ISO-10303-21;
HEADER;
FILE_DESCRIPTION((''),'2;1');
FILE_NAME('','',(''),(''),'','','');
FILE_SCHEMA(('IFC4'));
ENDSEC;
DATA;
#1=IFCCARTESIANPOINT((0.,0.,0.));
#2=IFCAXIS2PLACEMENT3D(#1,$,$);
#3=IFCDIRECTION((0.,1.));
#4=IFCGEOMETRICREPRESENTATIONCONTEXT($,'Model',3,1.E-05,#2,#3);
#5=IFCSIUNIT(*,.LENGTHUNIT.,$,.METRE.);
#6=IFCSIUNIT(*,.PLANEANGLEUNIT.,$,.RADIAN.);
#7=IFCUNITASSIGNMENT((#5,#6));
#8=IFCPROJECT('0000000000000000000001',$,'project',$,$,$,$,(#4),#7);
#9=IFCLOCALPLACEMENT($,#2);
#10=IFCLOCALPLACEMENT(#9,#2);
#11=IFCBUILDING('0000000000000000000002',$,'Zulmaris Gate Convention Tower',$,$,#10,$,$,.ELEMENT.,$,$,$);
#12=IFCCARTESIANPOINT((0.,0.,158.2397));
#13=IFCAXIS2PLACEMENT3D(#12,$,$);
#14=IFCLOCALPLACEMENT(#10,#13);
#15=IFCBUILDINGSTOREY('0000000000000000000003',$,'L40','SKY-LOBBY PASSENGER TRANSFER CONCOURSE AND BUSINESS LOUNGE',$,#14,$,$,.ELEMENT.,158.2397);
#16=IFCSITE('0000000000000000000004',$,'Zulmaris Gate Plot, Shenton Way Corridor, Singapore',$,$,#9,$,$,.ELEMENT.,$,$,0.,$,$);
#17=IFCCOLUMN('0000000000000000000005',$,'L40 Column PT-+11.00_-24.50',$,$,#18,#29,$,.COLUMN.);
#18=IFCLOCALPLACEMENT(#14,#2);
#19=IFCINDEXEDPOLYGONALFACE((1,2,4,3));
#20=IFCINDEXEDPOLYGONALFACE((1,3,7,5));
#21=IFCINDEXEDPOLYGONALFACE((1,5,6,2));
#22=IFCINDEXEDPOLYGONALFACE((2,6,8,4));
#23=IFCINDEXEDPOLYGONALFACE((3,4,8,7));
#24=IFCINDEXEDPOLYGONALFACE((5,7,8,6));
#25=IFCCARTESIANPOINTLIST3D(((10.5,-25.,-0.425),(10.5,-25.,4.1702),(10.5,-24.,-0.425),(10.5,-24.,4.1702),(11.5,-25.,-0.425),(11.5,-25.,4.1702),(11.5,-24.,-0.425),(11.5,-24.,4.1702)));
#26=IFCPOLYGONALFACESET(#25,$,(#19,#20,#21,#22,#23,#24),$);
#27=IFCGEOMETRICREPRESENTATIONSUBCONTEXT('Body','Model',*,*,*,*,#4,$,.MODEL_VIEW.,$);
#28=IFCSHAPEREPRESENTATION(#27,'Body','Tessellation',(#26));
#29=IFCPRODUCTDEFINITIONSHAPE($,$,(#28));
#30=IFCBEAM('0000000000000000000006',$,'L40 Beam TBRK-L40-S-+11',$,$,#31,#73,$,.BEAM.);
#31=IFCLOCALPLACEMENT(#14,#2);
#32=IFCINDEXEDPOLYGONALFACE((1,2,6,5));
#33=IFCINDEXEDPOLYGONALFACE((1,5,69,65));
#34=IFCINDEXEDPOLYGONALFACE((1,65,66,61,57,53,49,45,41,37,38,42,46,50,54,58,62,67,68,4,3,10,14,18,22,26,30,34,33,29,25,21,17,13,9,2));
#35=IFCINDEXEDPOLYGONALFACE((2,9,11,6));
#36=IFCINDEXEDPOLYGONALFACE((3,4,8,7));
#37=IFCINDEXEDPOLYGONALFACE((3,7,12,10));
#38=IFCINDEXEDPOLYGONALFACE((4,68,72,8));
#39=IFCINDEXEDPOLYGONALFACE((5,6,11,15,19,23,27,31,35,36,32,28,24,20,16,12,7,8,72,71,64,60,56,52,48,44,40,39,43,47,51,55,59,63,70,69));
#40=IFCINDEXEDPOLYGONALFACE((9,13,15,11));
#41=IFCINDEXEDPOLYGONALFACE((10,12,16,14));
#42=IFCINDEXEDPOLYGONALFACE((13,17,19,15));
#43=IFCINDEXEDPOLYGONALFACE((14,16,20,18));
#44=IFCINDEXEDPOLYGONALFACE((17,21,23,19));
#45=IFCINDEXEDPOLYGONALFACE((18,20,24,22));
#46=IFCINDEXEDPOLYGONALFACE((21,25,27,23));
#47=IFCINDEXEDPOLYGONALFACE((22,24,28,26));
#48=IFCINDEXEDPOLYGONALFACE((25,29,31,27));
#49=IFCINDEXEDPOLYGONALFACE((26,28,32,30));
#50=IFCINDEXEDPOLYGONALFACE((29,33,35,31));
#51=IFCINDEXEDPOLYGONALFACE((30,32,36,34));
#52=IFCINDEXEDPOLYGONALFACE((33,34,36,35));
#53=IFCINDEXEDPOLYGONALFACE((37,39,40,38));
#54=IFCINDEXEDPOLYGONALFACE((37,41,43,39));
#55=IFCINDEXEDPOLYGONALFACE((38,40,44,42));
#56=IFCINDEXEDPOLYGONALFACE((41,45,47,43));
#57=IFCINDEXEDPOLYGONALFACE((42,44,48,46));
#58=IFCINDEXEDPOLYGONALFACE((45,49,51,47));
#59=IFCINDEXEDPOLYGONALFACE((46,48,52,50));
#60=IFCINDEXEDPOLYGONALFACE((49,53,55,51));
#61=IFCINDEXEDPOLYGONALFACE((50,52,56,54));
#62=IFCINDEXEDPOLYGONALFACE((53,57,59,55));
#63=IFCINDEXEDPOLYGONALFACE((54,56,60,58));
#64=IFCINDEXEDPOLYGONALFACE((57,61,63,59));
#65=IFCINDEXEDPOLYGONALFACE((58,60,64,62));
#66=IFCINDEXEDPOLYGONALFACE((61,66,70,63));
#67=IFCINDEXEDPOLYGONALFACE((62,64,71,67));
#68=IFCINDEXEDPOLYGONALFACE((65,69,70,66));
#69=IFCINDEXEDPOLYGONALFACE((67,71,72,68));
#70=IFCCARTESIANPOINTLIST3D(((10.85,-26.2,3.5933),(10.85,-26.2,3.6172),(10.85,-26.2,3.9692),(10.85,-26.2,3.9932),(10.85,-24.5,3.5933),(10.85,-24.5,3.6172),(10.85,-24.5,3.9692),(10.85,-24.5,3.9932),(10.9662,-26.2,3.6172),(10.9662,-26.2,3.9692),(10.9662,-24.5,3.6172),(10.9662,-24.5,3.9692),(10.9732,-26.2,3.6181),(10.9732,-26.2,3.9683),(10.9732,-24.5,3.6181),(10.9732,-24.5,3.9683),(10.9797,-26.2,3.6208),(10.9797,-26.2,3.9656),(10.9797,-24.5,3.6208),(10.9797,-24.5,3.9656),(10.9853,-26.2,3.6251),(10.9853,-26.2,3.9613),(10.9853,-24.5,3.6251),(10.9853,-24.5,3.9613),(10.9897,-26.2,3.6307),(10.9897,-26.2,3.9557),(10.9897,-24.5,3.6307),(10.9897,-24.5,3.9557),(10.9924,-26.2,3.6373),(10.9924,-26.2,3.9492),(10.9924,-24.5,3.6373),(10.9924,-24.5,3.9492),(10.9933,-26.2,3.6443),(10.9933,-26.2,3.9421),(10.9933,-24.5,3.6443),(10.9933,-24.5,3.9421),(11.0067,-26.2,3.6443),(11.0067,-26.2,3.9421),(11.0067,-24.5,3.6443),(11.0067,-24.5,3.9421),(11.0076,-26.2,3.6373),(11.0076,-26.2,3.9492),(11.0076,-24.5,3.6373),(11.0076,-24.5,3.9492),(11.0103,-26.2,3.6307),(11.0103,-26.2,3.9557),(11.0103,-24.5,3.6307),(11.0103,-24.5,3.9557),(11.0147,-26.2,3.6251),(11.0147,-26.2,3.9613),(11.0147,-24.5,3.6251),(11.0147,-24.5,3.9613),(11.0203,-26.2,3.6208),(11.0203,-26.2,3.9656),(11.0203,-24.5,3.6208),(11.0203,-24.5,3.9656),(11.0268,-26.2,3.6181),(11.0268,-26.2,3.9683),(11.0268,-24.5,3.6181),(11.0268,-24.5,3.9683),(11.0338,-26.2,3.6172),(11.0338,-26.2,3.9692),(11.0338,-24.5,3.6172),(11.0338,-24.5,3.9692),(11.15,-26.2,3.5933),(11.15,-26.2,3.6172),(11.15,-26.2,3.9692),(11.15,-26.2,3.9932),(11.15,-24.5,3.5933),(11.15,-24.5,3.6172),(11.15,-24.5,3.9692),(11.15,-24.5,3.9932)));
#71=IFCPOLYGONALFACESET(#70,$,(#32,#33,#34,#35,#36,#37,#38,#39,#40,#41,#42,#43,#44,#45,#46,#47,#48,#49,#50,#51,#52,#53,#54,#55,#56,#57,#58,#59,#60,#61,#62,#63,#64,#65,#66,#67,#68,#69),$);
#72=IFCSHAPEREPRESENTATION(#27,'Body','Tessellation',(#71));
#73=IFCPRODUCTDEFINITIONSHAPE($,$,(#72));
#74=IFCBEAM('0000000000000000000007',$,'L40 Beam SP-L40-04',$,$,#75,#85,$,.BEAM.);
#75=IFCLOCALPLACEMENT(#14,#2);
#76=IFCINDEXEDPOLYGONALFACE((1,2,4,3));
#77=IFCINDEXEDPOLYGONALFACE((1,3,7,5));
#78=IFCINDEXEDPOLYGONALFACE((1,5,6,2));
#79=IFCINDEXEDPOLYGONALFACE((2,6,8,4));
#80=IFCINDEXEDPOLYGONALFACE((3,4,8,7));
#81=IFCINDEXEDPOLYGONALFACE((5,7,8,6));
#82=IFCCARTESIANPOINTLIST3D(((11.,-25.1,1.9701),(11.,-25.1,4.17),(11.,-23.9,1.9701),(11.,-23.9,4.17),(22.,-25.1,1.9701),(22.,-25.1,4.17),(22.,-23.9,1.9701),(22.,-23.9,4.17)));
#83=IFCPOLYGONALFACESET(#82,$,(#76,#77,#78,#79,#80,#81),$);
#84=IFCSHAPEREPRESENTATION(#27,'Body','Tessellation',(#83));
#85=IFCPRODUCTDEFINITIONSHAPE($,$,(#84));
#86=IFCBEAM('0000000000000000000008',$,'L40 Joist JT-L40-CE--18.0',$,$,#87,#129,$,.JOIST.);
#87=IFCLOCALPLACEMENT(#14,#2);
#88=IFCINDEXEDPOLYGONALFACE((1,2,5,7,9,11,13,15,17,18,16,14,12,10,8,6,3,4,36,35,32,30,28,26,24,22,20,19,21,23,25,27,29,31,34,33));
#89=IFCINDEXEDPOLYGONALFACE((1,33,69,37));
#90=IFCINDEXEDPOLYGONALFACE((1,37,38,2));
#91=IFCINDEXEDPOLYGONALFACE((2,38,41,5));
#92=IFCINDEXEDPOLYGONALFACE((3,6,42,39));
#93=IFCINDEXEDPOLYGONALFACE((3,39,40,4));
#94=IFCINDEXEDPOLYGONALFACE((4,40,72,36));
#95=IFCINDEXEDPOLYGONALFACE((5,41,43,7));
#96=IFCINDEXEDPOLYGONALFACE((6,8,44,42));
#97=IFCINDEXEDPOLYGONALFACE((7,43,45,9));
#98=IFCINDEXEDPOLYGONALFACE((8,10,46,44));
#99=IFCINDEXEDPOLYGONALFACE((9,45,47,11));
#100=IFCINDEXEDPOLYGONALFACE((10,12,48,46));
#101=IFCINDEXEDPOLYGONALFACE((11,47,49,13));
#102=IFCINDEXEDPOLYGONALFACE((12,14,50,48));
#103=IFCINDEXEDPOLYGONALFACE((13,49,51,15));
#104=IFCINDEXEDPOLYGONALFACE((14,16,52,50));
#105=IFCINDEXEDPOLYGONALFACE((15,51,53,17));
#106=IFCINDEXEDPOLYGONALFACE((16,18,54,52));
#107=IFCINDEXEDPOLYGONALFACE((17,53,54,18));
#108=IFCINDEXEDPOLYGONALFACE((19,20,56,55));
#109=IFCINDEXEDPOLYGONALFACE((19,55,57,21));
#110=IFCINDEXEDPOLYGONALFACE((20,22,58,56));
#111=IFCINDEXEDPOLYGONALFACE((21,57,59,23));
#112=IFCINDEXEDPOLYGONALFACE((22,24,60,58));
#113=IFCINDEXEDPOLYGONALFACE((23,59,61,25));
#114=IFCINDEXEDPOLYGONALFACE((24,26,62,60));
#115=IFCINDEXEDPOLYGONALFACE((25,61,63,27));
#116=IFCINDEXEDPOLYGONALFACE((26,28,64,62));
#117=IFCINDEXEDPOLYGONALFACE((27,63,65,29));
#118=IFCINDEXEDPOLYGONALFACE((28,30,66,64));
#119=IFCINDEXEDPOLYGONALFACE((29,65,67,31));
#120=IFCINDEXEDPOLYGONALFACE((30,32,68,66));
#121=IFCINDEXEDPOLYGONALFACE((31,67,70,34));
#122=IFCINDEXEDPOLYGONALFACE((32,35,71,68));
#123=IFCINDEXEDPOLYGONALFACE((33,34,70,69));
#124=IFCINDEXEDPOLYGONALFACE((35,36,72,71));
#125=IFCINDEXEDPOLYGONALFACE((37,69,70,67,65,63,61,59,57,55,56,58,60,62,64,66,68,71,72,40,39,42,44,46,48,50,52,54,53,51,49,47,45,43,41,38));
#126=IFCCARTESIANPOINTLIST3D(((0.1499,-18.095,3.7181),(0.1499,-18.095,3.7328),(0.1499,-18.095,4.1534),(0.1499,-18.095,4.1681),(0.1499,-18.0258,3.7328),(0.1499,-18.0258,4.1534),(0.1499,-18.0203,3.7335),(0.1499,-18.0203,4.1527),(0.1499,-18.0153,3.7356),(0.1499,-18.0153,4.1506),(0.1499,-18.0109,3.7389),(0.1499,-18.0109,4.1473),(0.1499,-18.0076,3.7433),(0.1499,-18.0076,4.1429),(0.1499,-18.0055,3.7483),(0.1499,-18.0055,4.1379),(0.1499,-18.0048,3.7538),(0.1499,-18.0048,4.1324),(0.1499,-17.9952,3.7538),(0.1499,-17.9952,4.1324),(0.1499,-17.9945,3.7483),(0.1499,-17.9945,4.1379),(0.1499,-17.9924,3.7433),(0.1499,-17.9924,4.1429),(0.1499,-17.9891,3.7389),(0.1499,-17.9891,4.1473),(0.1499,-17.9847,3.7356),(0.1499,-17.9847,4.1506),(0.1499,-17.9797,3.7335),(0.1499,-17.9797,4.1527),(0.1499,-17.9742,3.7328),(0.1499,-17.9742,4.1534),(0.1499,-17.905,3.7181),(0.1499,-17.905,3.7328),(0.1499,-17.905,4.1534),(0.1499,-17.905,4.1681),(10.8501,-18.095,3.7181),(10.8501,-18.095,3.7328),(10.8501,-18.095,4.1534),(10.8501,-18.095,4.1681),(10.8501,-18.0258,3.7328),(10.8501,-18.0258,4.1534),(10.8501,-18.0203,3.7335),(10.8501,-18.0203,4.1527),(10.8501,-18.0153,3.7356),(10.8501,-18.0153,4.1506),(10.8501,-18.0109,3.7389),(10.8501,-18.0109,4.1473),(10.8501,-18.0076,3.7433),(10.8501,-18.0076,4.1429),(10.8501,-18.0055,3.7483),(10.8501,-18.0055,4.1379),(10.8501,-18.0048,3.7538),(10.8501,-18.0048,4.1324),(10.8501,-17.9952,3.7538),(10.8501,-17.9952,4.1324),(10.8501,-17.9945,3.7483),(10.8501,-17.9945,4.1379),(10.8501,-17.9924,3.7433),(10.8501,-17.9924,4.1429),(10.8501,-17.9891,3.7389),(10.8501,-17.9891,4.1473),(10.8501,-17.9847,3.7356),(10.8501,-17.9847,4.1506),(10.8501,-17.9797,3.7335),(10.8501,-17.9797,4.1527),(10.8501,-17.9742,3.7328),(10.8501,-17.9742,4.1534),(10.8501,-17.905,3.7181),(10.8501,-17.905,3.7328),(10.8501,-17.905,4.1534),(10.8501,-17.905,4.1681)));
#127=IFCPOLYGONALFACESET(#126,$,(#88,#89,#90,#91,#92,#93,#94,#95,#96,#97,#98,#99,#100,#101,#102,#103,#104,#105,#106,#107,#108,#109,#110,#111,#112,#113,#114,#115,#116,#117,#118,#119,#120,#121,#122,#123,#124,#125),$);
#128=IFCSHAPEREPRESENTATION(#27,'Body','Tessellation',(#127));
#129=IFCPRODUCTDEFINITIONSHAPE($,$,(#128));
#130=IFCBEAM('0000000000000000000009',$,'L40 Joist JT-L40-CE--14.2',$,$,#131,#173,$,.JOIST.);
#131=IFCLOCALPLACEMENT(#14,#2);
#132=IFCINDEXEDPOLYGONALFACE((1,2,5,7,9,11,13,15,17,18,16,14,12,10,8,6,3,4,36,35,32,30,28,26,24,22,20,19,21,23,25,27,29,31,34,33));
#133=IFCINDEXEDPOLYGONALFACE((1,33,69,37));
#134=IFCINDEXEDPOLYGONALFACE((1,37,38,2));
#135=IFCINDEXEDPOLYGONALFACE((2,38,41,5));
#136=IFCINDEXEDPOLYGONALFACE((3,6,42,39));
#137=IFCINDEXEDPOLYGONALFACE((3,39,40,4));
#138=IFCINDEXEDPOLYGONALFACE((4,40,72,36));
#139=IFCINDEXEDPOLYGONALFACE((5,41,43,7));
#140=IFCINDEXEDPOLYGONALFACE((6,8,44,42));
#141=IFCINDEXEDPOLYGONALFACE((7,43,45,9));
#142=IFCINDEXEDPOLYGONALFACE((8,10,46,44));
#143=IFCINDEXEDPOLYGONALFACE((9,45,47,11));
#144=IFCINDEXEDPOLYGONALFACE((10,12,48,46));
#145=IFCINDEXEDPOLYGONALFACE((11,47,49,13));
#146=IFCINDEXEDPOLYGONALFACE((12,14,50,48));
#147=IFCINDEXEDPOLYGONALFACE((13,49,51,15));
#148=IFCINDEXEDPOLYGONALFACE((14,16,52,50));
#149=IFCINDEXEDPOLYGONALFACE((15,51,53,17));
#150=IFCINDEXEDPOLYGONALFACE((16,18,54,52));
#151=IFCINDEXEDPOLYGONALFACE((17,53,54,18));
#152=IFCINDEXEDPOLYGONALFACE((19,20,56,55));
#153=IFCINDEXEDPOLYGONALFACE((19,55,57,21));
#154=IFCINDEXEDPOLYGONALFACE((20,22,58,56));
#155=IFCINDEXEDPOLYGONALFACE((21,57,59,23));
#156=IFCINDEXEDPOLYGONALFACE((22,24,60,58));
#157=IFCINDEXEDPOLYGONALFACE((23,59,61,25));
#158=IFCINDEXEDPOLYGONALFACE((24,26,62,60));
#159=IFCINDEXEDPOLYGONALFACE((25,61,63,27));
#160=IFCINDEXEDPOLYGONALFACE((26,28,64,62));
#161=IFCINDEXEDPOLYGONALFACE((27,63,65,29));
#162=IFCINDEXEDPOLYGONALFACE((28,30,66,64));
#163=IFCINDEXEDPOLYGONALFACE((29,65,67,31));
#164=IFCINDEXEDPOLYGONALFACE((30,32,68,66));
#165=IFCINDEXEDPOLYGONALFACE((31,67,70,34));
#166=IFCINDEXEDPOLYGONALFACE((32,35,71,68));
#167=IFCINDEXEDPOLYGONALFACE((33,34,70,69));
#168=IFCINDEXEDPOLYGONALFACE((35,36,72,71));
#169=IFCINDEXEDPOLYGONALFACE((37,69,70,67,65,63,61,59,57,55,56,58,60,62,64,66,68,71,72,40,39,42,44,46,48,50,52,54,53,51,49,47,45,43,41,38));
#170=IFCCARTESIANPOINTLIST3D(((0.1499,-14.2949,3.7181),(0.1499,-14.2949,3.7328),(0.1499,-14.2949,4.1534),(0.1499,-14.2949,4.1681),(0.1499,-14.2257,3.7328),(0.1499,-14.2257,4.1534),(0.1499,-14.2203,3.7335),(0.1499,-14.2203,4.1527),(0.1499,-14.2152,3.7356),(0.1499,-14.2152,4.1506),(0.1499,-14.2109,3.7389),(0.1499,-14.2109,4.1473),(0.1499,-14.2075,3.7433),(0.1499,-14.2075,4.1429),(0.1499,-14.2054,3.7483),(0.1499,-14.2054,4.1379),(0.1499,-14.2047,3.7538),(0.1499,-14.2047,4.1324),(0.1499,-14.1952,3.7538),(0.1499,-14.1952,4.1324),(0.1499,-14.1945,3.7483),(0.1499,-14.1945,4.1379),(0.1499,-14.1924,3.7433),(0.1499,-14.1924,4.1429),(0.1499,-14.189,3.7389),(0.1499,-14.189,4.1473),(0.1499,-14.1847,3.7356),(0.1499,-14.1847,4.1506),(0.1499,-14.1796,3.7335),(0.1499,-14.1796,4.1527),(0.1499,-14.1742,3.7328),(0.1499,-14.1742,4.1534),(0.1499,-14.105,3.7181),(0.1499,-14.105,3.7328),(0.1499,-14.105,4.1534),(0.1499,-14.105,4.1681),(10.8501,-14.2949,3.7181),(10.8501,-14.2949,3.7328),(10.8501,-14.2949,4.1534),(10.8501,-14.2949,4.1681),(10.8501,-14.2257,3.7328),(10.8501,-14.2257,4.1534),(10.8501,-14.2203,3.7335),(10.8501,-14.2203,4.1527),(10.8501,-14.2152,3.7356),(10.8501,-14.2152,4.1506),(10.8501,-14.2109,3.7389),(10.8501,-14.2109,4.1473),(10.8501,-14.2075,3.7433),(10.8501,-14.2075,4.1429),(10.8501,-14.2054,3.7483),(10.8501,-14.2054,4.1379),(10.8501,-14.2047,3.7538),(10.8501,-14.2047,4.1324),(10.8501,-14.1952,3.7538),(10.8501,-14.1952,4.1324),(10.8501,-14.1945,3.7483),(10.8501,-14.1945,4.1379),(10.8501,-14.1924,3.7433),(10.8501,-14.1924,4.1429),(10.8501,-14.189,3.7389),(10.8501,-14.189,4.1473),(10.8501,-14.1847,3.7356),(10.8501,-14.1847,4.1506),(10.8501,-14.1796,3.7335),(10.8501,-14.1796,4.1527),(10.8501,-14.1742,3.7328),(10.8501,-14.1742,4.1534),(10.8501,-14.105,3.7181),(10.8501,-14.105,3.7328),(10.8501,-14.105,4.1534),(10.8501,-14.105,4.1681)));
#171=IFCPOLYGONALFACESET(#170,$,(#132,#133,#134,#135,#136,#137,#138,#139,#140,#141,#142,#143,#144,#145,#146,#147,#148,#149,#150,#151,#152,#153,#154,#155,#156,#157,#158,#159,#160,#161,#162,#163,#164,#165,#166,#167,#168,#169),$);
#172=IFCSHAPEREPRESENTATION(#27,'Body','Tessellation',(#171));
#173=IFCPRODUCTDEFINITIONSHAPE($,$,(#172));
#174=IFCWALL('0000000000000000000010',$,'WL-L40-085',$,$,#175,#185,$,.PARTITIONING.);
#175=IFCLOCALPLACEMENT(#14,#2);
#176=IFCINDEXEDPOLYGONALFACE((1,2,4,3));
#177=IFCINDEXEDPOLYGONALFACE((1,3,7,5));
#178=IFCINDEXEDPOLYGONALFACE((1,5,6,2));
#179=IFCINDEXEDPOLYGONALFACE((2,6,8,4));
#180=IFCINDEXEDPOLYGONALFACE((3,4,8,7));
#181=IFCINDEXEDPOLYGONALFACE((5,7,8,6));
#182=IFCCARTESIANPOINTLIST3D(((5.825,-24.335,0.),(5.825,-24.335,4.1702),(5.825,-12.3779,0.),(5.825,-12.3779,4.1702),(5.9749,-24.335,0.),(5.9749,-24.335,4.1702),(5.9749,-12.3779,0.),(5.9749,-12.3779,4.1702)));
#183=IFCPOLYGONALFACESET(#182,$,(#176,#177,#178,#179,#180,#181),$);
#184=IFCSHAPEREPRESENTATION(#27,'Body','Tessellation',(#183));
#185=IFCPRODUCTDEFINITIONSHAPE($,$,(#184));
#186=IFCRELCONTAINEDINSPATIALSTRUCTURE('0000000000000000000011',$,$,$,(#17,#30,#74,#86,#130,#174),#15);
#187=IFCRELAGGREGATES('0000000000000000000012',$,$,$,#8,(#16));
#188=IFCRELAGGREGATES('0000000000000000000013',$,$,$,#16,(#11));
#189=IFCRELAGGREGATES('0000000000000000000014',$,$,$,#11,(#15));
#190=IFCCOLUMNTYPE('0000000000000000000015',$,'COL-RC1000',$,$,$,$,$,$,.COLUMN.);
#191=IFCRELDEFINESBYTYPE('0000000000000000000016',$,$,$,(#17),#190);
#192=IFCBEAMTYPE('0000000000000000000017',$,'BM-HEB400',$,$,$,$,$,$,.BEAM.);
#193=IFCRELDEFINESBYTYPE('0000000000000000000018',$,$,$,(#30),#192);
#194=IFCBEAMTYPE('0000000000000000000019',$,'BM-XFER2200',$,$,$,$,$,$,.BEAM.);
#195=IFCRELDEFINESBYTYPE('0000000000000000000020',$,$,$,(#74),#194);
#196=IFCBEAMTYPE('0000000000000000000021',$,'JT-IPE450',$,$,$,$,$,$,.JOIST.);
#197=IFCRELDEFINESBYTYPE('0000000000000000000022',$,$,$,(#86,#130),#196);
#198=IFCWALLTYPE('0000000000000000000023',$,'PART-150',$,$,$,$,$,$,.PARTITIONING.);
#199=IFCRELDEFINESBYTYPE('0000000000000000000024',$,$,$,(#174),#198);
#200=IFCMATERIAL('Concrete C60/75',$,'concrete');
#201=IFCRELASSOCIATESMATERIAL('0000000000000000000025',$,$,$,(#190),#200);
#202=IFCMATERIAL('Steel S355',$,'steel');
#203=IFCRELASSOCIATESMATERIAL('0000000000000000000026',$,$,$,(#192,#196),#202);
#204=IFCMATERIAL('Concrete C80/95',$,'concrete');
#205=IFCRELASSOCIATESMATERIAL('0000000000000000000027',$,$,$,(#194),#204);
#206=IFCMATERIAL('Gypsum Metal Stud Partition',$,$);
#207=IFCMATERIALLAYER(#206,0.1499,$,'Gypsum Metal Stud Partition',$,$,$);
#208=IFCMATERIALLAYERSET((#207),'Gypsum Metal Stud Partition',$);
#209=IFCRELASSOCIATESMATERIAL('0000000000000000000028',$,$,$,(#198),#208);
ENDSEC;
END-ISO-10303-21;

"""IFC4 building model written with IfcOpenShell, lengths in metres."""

from ifc_helpers import new_model, si_unit, direction, frame, frame_2d, origin, origin_2d, place, context, subcontext, project, spatial, rectangle, i_section, extrude, material, layer, layer_set, material_profile, profile_set, type_object, element, save


model = new_model("IFC4")

# Units and contexts
model_context = context("Model", 3, precision=1e-05, world=origin(), true_north=direction((0.0, 1.0)))
body_context = subcontext(model_context, "Body", "Model", "MODEL_VIEW")
ifc_project = project(units=[si_unit("LENGTHUNIT", "METRE"), si_unit("PLANEANGLEUNIT", "RADIAN")], contexts=[model_context])

# Site, building, storey
site_placement = place(None, origin())
site = spatial("IfcSite", under=ifc_project, at=site_placement, Name="Zulmaris Gate Plot, Shenton Way Corridor, Singapore", CompositionType="ELEMENT", RefElevation=0.0)
building_placement = place(site_placement, origin())
building = spatial("IfcBuilding", under=site, at=building_placement, Name="Zulmaris Gate Convention Tower", CompositionType="ELEMENT")
storey_placement = place(building_placement, frame((0.0, 0.0, 158.2397)))
storey = spatial("IfcBuildingStorey", under=building, at=storey_placement, Name="L40", Description="SKY-LOBBY PASSENGER TRANSFER CONCOURSE AND BUSINESS LOUNGE", CompositionType="ELEMENT", Elevation=158.2397)

# Column
ifc_material_1 = material(Name="Concrete C60/75", Category="concrete")
ifc_material_profile_1 = material_profile(ifc_material_1, rectangle(XDim=1.0, YDim=1.0, at=origin_2d()), Name="RC COL 1000x1000")
ifc_profile_set_1 = profile_set([ifc_material_profile_1], Name="Concrete C60/75")
column_type = type_object("IfcColumnType", Name="COL-RC1000", PredefinedType="COLUMN", material=ifc_profile_set_1)
column_placement = place(storey_placement, frame((11.0, -24.5, -0.425), z_axis=(0.0, 0.0, 1.0), x_axis=(1.0, 0.0, 0.0)))
element("IfcColumn", 1, at=column_placement, inside=storey, type_object=column_type, Name="L40 Column PT-+11.00_-24.50", PredefinedType="COLUMN", context=body_context, shape_type="SweptSolid", body=[
    extrude(rectangle(XDim=1.0, YDim=1.0, at=origin_2d()), origin(), (0.0, 0.0, 1.0), 4.5952),
])

# Beams
ifc_material_2 = material(Name="Steel S355", Category="steel")
ifc_material_profile_2 = material_profile(ifc_material_2, i_section(OverallWidth=0.3, OverallDepth=0.3999, WebThickness=0.0134, FlangeThickness=0.0239, FilletRadius=0.0271, at=origin_2d()), Name="HEB 400")
ifc_profile_set_2 = profile_set([ifc_material_profile_2], Name="Steel S355")
beam_type_1 = type_object("IfcBeamType", Name="BM-HEB400", PredefinedType="BEAM", material=ifc_profile_set_2)
beam_1_placement = place(storey_placement, frame((11.0, -26.2, 3.7932), z_axis=(0.0, 1.0, 0.0), x_axis=(-1.0, 0.0, 0.0)))
element("IfcBeam", 2, at=beam_1_placement, inside=storey, type_object=beam_type_1, Name="L40 Beam TBRK-L40-S-+11", PredefinedType="BEAM", context=body_context, shape_type="SweptSolid", body=[
    extrude(i_section(OverallWidth=0.3, OverallDepth=0.3999, WebThickness=0.0134, FlangeThickness=0.0239, FilletRadius=0.0271, at=origin_2d()), origin(), (0.0, 0.0, 1.0), 1.7),
])
ifc_material_3 = material(Name="Concrete C80/95", Category="concrete")
ifc_material_profile_3 = material_profile(ifc_material_3, rectangle(XDim=1.2, YDim=2.2, at=origin_2d()), Name="RC TRANSFER 1200x2200")
ifc_profile_set_3 = profile_set([ifc_material_profile_3], Name="Concrete C80/95")
beam_type_2 = type_object("IfcBeamType", Name="BM-XFER2200", PredefinedType="BEAM", material=ifc_profile_set_3)
beam_2_placement = place(storey_placement, frame((11.0, -24.5, 3.0701), z_axis=(1.0, 0.0, 0.0), x_axis=(0.0, 1.0, 0.0)))
element("IfcBeam", 3, at=beam_2_placement, inside=storey, type_object=beam_type_2, Name="L40 Beam SP-L40-04", PredefinedType="BEAM", context=body_context, shape_type="SweptSolid", body=[
    extrude(rectangle(XDim=1.2, YDim=2.2, at=origin_2d()), origin(), (0.0, 0.0, 1.0), 11.0),
])
ifc_material_profile_4 = material_profile(ifc_material_2, i_section(OverallWidth=0.1899, OverallDepth=0.45, WebThickness=0.0095, FlangeThickness=0.0146, FilletRadius=0.021, at=origin_2d()), Name="IPE 450")
ifc_profile_set_4 = profile_set([ifc_material_profile_4], Name="Steel S355")
beam_type_3 = type_object("IfcBeamType", Name="JT-IPE450", PredefinedType="JOIST", material=ifc_profile_set_4)
for number, where, z_axis, x_axis, name in (
    (4, (0.1499, -18.0, 3.9431), (1.0, 0.0, 0.0), (0.0, 1.0, 0.0), "L40 Joist JT-L40-CE--18.0"),
    (5, (0.1499, -14.2, 3.9431), (1.0, 0.0, 0.0), (0.0, 1.0, 0.0), "L40 Joist JT-L40-CE--14.2"),
):
    element("IfcBeam", number, at=place(storey_placement, frame(where, z_axis=z_axis, x_axis=x_axis)), inside=storey, type_object=beam_type_3, Name=name, PredefinedType="JOIST", context=body_context, shape_type="SweptSolid", body=[
        extrude(i_section(OverallWidth=0.1899, OverallDepth=0.45, WebThickness=0.0095, FlangeThickness=0.0146, FilletRadius=0.021, at=origin_2d()), origin(), (0.0, 0.0, 1.0), 10.7002),
    ])

# Wall
ifc_material_4 = material(Name="Gypsum Metal Stud Partition")
ifc_layer_1 = layer(ifc_material_4, 0.1499, Name="Gypsum Metal Stud Partition")
ifc_layer_set_1 = layer_set([ifc_layer_1], Name="Gypsum Metal Stud Partition")
wall_type_1 = type_object("IfcWallType", Name="PART-150", PredefinedType="PARTITIONING", material=ifc_layer_set_1)
wall_1_placement = place(storey_placement, frame((5.8999, -24.335, 0.0), z_axis=(0.0, 0.0, 1.0), x_axis=(0.0, 1.0, 0.0)))
element("IfcWall", 6, at=wall_1_placement, inside=storey, type_object=wall_type_1, Name="WL-L40-085", PredefinedType="PARTITIONING", context=body_context, shape_type="SweptSolid", body=[
    extrude(rectangle(XDim=11.957, YDim=0.1499, at=frame_2d((5.9785, 0.0))), origin(), (0.0, 0.0, 1.0), 4.1702),
])

save(model, "model.ifc")
